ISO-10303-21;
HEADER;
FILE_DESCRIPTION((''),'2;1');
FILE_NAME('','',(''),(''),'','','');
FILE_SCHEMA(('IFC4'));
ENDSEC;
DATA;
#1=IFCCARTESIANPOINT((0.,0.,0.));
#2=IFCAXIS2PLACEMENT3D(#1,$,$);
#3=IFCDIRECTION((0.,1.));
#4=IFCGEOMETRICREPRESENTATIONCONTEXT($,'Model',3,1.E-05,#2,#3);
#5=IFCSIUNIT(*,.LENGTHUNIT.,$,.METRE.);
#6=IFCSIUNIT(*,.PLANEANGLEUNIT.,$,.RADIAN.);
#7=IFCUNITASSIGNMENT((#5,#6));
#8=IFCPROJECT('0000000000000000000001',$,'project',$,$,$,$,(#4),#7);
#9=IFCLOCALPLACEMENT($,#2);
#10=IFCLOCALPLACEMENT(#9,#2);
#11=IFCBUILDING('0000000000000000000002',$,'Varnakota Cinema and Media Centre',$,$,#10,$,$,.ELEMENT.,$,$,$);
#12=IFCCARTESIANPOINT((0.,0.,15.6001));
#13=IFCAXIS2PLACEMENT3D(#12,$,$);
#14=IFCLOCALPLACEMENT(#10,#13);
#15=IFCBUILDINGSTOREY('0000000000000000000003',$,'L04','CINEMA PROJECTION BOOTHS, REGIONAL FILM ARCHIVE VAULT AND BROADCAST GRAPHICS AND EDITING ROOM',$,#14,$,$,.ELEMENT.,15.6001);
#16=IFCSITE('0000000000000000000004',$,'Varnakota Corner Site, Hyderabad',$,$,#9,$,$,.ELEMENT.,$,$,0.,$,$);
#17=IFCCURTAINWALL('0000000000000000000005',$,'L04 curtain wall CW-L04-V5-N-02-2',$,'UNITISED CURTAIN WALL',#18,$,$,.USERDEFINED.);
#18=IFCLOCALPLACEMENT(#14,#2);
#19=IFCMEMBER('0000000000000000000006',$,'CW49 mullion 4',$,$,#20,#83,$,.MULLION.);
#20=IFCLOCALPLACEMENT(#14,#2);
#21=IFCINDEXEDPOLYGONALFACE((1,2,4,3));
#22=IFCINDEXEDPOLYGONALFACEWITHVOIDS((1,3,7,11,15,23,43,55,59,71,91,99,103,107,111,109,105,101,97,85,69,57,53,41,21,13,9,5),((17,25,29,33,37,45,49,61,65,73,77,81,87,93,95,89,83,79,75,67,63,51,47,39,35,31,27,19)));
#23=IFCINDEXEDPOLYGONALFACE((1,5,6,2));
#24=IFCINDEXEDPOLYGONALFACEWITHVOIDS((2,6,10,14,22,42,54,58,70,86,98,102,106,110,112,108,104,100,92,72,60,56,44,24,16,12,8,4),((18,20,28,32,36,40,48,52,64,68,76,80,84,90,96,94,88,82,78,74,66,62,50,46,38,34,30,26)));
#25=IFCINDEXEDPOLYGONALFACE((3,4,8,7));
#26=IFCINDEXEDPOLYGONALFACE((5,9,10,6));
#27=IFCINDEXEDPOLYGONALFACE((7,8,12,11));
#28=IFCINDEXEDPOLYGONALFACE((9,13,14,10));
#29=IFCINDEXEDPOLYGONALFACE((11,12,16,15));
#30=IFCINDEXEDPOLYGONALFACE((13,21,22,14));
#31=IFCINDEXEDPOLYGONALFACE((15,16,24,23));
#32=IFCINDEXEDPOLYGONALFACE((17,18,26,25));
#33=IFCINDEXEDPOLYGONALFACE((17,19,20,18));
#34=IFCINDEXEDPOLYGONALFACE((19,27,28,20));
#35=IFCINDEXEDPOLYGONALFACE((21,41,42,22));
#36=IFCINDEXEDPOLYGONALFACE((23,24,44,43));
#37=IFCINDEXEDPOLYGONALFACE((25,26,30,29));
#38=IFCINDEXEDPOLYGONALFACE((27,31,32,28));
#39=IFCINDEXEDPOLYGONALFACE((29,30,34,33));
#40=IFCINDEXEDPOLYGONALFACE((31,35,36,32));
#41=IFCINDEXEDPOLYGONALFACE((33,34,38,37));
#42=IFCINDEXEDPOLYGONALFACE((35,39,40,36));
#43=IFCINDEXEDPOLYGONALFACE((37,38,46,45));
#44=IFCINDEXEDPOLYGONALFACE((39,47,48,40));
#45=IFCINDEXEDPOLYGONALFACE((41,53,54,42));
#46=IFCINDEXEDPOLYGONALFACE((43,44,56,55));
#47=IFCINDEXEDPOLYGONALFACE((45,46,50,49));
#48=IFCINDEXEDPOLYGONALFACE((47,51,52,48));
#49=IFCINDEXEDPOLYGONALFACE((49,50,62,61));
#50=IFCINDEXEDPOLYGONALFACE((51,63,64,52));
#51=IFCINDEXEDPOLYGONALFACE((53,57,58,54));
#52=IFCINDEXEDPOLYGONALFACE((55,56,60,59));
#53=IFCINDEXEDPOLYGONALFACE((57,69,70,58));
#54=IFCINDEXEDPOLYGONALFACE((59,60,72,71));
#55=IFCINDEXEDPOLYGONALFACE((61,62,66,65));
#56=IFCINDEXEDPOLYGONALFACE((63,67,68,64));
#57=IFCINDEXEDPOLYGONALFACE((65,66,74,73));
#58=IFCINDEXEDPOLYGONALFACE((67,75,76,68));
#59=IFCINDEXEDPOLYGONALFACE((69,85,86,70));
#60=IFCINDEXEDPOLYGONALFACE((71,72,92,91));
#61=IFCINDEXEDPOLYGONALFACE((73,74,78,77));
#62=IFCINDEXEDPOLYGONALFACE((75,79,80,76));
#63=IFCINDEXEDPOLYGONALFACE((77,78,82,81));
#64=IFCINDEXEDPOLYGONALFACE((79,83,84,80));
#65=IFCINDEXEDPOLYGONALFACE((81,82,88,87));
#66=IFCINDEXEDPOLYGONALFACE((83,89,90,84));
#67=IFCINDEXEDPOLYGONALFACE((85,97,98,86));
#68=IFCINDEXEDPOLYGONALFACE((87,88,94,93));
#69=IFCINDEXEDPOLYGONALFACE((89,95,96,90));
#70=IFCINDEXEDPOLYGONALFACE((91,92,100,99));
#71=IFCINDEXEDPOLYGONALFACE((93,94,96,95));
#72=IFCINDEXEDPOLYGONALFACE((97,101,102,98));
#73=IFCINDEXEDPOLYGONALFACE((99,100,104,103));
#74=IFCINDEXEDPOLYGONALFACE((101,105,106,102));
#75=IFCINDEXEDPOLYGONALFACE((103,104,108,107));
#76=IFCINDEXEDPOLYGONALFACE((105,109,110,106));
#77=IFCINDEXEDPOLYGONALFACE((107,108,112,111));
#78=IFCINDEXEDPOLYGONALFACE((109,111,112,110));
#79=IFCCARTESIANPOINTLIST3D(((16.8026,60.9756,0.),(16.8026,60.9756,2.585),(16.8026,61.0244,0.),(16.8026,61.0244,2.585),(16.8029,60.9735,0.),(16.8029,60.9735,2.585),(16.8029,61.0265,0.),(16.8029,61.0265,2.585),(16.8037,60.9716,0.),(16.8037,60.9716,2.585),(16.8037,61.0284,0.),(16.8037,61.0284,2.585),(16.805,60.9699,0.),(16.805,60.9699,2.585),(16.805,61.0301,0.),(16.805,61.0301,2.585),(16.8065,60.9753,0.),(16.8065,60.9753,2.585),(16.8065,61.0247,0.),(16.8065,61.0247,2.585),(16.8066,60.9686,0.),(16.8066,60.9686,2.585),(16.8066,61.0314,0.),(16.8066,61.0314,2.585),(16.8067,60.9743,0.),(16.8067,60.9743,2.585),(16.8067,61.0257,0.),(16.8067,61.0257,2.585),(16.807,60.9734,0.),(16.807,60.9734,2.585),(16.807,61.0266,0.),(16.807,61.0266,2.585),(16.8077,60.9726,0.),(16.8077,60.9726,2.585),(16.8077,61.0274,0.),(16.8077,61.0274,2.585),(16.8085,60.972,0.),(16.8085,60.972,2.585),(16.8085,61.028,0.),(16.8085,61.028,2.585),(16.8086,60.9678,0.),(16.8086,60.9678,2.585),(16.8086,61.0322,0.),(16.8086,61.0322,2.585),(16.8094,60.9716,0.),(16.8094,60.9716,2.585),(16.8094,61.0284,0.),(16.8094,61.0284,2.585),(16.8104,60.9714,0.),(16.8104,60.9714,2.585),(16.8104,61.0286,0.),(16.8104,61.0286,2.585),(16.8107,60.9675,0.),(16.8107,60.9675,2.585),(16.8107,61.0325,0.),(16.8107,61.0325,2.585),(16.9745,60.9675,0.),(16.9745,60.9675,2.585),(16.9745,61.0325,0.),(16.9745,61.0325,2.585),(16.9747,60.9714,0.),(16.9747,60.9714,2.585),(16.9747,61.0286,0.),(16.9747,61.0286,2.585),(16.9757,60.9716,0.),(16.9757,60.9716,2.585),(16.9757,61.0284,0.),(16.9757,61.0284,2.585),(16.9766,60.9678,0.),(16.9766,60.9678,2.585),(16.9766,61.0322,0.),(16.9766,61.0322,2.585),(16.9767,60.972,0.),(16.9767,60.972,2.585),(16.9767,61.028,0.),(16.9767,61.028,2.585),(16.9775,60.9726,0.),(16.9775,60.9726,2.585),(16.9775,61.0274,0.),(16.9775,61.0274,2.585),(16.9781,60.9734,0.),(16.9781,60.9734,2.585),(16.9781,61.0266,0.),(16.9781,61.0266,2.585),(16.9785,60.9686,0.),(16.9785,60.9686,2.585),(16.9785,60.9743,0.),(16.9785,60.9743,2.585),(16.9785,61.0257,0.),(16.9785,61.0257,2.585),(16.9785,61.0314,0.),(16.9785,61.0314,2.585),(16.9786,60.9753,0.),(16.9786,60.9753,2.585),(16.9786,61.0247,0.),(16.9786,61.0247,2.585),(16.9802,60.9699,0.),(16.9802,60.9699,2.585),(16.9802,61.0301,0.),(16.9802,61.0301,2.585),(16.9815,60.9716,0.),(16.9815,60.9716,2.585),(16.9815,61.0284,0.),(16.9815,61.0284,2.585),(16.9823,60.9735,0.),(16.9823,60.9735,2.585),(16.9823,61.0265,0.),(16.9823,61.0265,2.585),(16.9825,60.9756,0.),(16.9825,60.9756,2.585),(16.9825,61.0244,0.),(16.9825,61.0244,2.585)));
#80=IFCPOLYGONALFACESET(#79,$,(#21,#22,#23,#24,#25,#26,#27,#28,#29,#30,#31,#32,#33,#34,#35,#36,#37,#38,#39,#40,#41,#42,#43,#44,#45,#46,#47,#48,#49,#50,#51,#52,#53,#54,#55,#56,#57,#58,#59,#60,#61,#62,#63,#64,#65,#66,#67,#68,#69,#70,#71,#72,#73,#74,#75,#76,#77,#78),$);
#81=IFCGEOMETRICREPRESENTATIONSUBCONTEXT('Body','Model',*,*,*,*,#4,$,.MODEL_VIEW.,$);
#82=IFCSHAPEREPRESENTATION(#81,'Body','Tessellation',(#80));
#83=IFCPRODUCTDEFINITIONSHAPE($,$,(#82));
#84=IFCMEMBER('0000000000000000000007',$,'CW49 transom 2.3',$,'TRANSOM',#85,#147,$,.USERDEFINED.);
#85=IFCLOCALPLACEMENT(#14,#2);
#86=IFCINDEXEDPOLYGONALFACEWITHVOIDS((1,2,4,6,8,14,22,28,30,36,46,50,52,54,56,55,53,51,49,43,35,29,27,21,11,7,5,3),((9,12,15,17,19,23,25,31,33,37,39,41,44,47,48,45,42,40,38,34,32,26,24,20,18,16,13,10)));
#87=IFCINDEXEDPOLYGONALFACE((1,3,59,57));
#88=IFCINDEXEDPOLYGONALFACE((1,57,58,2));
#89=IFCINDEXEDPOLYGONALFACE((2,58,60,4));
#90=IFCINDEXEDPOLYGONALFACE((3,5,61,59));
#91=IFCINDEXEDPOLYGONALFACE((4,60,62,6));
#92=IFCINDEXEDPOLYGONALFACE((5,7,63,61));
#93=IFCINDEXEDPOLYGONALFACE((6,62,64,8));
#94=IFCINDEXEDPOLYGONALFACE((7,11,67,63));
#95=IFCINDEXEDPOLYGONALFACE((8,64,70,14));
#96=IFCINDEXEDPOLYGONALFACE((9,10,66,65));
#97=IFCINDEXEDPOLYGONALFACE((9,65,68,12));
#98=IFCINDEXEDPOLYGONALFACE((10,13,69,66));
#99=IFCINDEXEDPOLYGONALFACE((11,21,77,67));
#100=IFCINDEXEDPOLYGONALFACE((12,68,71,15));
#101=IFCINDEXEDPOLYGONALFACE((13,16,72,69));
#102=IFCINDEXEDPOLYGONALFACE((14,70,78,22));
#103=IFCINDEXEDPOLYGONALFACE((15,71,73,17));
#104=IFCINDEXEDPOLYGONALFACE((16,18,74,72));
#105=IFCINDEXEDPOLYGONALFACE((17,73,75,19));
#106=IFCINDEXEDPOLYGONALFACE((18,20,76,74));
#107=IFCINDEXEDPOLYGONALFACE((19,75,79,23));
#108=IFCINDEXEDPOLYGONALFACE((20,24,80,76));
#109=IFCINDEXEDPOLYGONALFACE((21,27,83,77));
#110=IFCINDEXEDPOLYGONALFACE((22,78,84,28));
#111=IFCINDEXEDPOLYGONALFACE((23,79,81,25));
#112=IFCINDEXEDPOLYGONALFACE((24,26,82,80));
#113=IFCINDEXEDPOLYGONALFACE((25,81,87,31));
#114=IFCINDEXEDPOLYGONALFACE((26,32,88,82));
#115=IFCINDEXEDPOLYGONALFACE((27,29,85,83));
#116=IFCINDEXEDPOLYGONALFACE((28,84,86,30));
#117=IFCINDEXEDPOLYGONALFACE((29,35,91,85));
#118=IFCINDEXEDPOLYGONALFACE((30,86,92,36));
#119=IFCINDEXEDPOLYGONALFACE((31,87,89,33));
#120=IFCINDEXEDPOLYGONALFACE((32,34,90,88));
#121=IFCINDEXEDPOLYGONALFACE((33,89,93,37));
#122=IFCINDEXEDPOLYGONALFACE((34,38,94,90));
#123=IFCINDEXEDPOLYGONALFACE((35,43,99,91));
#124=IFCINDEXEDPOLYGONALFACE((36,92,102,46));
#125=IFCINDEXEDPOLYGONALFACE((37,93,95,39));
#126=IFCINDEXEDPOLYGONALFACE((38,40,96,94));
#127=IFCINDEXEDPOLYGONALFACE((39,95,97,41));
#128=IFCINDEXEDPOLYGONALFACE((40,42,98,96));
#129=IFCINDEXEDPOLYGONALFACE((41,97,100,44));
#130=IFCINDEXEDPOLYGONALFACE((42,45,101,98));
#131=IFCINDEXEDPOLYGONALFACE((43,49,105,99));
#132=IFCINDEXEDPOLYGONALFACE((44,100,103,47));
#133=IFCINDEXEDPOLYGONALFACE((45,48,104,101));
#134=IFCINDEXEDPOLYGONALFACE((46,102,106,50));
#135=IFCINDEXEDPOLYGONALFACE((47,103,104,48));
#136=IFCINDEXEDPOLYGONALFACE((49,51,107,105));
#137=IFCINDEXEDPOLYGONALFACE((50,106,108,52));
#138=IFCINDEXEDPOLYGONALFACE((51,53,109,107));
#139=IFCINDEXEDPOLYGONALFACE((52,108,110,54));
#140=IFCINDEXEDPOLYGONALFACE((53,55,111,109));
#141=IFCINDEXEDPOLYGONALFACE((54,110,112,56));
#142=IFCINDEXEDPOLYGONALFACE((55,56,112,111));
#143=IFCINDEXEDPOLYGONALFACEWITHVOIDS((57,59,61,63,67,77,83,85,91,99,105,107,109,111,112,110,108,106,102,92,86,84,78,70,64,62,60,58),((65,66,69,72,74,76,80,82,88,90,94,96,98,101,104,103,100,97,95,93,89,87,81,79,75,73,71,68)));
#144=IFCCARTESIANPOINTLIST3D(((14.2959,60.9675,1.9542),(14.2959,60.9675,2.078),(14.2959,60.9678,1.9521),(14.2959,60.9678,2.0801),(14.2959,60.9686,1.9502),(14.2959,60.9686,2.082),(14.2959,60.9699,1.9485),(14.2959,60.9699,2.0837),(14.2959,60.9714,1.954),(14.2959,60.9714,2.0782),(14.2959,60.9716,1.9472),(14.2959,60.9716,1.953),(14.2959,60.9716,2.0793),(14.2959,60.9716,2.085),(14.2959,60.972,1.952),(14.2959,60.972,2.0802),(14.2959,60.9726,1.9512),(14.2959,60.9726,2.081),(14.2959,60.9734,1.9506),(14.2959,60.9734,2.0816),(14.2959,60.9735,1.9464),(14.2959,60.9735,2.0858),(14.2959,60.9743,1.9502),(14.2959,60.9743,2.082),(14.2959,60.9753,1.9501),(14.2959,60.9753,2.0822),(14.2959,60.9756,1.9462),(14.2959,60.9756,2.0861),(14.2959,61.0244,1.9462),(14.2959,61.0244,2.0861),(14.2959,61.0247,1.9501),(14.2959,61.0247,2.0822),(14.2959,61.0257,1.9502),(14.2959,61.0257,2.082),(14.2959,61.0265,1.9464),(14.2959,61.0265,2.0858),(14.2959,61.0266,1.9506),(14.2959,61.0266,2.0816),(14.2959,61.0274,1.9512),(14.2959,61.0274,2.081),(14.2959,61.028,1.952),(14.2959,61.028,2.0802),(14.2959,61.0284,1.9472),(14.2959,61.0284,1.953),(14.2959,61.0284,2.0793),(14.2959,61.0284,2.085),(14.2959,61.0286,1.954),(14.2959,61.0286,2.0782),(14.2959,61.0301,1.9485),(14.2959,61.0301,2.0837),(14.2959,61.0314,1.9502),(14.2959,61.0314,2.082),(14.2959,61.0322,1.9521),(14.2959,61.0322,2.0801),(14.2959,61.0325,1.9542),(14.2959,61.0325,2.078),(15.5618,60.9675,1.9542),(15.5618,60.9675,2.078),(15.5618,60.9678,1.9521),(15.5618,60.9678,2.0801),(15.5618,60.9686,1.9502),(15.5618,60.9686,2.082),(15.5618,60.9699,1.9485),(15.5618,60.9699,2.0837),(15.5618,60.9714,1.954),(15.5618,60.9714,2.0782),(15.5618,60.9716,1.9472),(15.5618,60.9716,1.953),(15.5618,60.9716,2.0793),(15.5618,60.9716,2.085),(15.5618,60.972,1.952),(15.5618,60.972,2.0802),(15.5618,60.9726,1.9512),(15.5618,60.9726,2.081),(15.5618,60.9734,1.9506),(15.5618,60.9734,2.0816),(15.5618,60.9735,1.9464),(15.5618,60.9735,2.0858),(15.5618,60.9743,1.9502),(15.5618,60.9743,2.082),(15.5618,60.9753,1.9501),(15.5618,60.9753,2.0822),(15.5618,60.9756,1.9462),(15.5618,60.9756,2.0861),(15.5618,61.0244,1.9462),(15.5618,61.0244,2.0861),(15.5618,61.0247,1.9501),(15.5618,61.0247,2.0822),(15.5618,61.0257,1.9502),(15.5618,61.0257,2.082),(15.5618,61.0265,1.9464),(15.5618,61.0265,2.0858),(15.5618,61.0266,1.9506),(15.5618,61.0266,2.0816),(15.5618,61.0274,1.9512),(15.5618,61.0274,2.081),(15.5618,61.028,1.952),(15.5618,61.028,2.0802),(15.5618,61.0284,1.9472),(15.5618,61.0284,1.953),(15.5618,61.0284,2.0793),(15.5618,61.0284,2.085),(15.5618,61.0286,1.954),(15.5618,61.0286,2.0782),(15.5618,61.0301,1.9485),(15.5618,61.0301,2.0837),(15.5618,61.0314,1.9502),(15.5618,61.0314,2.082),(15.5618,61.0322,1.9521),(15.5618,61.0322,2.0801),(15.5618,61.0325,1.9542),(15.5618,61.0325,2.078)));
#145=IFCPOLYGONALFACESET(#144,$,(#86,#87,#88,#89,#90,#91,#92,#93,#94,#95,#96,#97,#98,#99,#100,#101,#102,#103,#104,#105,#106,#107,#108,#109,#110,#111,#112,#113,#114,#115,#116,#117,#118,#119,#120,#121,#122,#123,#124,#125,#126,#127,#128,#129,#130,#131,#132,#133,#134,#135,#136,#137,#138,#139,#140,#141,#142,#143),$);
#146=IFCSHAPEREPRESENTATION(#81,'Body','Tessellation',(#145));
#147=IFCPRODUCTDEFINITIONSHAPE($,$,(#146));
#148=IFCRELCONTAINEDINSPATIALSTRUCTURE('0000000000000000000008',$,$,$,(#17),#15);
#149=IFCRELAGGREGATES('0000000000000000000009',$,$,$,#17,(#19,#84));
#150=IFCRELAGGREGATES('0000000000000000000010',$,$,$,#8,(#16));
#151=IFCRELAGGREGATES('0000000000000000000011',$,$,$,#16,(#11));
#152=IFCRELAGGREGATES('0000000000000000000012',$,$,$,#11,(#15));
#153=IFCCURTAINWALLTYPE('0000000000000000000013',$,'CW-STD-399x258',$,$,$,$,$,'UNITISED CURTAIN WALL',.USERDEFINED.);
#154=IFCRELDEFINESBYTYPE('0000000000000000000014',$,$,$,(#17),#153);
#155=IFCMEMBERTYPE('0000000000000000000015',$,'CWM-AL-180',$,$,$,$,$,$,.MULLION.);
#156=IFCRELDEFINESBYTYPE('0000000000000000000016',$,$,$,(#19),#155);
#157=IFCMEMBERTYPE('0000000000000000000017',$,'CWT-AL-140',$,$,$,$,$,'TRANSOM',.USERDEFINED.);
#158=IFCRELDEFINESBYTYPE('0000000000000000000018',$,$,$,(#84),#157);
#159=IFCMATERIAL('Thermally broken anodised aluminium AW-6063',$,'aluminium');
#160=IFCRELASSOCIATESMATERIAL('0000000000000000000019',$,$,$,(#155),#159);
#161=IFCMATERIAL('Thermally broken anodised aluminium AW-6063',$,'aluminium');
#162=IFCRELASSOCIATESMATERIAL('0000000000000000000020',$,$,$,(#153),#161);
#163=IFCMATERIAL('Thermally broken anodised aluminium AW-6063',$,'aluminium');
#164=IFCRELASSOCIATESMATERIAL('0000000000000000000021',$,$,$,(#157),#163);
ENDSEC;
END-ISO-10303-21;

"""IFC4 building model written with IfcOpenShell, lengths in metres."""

from ifc_helpers import new_model, si_unit, direction, frame, origin, origin_2d, place, context, subcontext, project, spatial, hollow_rectangle, extrude, material, material_profile, profile_set, type_object, element, aggregate, save


model = new_model("IFC4")

# Units and contexts
model_context = context("Model", 3, precision=1e-05, world=origin(), true_north=direction((0.0, 1.0)))
body_context = subcontext(model_context, "Body", "Model", "MODEL_VIEW")
ifc_project = project(units=[si_unit("LENGTHUNIT", "METRE"), si_unit("PLANEANGLEUNIT", "RADIAN")], contexts=[model_context])

# Site, building, storey
site_placement = place(None, origin())
site = spatial("IfcSite", under=ifc_project, at=site_placement, Name="Varnakota Corner Site, Hyderabad", CompositionType="ELEMENT", RefElevation=0.0)
building_placement = place(site_placement, origin())
building = spatial("IfcBuilding", under=site, at=building_placement, Name="Varnakota Cinema and Media Centre", CompositionType="ELEMENT")
storey_placement = place(building_placement, frame((0.0, 0.0, 15.6001)))
storey = spatial("IfcBuildingStorey", under=building, at=storey_placement, Name="L04", Description="CINEMA PROJECTION BOOTHS, REGIONAL FILM ARCHIVE VAULT AND BROADCAST GRAPHICS AND EDITING ROOM", CompositionType="ELEMENT", Elevation=15.6001)

# Shared definitions
ifc_material_1 = material(Name="Thermally broken anodised aluminium AW-6063", Category="aluminium")
ifc_material_profile_1 = material_profile(ifc_material_1, hollow_rectangle(XDim=0.0649, YDim=0.1799, WallThickness=0.0039, InnerFilletRadius=0.0039, OuterFilletRadius=0.0081, at=origin_2d()), Name="AL-MULLION 180x65x4")
ifc_profile_set_1 = profile_set([ifc_material_profile_1], Name="Thermally broken anodised aluminium AW-6063")
member_type_1 = type_object("IfcMemberType", Name="CWM-AL-180", PredefinedType="MULLION", material=ifc_profile_set_1)

# Curtain wall, members
ifc_material_2 = material(Name="Thermally broken anodised aluminium AW-6063", Category="aluminium")
curtain_wall_type_1 = type_object("IfcCurtainWallType", Name="CW-STD-399x258", ElementType="UNITISED CURTAIN WALL", PredefinedType="USERDEFINED", material=ifc_material_2)
curtain_wall_1_placement = place(storey_placement, origin())
curtain_wall_1 = element("IfcCurtainWall", 1, at=curtain_wall_1_placement, inside=storey, type_object=curtain_wall_type_1, Name="L04 curtain wall CW-L04-V5-N-02-2", ObjectType="UNITISED CURTAIN WALL", PredefinedType="USERDEFINED")
member_1_placement = place(storey_placement, frame((16.8926, 61.0, 0.0), z_axis=(0.0, 0.0, 1.0), x_axis=(0.0, 1.0, 0.0)))
member_1 = element("IfcMember", 2, at=member_1_placement, type_object=member_type_1, Name="CW49 mullion 4", PredefinedType="MULLION", context=body_context, shape_type="SweptSolid", body=[
    extrude(hollow_rectangle(XDim=0.0649, YDim=0.1799, WallThickness=0.0039, InnerFilletRadius=0.0039, OuterFilletRadius=0.0081, at=origin_2d()), origin(), (0.0, 0.0, 1.0), 2.585),
])
ifc_material_3 = material(Name="Thermally broken anodised aluminium AW-6063", Category="aluminium")
ifc_material_profile_2 = material_profile(ifc_material_3, hollow_rectangle(XDim=0.0649, YDim=0.1399, WallThickness=0.0039, InnerFilletRadius=0.0039, OuterFilletRadius=0.0081, at=origin_2d()), Name="AL-TRANSOM 140x65x4")
ifc_profile_set_2 = profile_set([ifc_material_profile_2], Name="Thermally broken anodised aluminium AW-6063")
member_type_2 = type_object("IfcMemberType", Name="CWT-AL-140", ElementType="TRANSOM", PredefinedType="USERDEFINED", material=ifc_profile_set_2)
member_2_placement = place(storey_placement, frame((14.2959, 61.0, 2.0161), z_axis=(1.0, 0.0, 0.0), x_axis=(0.0, 1.0, 0.0)))
member_2 = element("IfcMember", 3, at=member_2_placement, type_object=member_type_2, Name="CW49 transom 2.3", ObjectType="TRANSOM", PredefinedType="USERDEFINED", context=body_context, shape_type="SweptSolid", body=[
    extrude(hollow_rectangle(XDim=0.0649, YDim=0.1399, WallThickness=0.0039, InnerFilletRadius=0.0039, OuterFilletRadius=0.0081, at=origin_2d()), origin(), (0.0, 0.0, 1.0), 1.2659),
])
aggregate(curtain_wall_1, [member_1, member_2])

save(model, "model.ifc")
